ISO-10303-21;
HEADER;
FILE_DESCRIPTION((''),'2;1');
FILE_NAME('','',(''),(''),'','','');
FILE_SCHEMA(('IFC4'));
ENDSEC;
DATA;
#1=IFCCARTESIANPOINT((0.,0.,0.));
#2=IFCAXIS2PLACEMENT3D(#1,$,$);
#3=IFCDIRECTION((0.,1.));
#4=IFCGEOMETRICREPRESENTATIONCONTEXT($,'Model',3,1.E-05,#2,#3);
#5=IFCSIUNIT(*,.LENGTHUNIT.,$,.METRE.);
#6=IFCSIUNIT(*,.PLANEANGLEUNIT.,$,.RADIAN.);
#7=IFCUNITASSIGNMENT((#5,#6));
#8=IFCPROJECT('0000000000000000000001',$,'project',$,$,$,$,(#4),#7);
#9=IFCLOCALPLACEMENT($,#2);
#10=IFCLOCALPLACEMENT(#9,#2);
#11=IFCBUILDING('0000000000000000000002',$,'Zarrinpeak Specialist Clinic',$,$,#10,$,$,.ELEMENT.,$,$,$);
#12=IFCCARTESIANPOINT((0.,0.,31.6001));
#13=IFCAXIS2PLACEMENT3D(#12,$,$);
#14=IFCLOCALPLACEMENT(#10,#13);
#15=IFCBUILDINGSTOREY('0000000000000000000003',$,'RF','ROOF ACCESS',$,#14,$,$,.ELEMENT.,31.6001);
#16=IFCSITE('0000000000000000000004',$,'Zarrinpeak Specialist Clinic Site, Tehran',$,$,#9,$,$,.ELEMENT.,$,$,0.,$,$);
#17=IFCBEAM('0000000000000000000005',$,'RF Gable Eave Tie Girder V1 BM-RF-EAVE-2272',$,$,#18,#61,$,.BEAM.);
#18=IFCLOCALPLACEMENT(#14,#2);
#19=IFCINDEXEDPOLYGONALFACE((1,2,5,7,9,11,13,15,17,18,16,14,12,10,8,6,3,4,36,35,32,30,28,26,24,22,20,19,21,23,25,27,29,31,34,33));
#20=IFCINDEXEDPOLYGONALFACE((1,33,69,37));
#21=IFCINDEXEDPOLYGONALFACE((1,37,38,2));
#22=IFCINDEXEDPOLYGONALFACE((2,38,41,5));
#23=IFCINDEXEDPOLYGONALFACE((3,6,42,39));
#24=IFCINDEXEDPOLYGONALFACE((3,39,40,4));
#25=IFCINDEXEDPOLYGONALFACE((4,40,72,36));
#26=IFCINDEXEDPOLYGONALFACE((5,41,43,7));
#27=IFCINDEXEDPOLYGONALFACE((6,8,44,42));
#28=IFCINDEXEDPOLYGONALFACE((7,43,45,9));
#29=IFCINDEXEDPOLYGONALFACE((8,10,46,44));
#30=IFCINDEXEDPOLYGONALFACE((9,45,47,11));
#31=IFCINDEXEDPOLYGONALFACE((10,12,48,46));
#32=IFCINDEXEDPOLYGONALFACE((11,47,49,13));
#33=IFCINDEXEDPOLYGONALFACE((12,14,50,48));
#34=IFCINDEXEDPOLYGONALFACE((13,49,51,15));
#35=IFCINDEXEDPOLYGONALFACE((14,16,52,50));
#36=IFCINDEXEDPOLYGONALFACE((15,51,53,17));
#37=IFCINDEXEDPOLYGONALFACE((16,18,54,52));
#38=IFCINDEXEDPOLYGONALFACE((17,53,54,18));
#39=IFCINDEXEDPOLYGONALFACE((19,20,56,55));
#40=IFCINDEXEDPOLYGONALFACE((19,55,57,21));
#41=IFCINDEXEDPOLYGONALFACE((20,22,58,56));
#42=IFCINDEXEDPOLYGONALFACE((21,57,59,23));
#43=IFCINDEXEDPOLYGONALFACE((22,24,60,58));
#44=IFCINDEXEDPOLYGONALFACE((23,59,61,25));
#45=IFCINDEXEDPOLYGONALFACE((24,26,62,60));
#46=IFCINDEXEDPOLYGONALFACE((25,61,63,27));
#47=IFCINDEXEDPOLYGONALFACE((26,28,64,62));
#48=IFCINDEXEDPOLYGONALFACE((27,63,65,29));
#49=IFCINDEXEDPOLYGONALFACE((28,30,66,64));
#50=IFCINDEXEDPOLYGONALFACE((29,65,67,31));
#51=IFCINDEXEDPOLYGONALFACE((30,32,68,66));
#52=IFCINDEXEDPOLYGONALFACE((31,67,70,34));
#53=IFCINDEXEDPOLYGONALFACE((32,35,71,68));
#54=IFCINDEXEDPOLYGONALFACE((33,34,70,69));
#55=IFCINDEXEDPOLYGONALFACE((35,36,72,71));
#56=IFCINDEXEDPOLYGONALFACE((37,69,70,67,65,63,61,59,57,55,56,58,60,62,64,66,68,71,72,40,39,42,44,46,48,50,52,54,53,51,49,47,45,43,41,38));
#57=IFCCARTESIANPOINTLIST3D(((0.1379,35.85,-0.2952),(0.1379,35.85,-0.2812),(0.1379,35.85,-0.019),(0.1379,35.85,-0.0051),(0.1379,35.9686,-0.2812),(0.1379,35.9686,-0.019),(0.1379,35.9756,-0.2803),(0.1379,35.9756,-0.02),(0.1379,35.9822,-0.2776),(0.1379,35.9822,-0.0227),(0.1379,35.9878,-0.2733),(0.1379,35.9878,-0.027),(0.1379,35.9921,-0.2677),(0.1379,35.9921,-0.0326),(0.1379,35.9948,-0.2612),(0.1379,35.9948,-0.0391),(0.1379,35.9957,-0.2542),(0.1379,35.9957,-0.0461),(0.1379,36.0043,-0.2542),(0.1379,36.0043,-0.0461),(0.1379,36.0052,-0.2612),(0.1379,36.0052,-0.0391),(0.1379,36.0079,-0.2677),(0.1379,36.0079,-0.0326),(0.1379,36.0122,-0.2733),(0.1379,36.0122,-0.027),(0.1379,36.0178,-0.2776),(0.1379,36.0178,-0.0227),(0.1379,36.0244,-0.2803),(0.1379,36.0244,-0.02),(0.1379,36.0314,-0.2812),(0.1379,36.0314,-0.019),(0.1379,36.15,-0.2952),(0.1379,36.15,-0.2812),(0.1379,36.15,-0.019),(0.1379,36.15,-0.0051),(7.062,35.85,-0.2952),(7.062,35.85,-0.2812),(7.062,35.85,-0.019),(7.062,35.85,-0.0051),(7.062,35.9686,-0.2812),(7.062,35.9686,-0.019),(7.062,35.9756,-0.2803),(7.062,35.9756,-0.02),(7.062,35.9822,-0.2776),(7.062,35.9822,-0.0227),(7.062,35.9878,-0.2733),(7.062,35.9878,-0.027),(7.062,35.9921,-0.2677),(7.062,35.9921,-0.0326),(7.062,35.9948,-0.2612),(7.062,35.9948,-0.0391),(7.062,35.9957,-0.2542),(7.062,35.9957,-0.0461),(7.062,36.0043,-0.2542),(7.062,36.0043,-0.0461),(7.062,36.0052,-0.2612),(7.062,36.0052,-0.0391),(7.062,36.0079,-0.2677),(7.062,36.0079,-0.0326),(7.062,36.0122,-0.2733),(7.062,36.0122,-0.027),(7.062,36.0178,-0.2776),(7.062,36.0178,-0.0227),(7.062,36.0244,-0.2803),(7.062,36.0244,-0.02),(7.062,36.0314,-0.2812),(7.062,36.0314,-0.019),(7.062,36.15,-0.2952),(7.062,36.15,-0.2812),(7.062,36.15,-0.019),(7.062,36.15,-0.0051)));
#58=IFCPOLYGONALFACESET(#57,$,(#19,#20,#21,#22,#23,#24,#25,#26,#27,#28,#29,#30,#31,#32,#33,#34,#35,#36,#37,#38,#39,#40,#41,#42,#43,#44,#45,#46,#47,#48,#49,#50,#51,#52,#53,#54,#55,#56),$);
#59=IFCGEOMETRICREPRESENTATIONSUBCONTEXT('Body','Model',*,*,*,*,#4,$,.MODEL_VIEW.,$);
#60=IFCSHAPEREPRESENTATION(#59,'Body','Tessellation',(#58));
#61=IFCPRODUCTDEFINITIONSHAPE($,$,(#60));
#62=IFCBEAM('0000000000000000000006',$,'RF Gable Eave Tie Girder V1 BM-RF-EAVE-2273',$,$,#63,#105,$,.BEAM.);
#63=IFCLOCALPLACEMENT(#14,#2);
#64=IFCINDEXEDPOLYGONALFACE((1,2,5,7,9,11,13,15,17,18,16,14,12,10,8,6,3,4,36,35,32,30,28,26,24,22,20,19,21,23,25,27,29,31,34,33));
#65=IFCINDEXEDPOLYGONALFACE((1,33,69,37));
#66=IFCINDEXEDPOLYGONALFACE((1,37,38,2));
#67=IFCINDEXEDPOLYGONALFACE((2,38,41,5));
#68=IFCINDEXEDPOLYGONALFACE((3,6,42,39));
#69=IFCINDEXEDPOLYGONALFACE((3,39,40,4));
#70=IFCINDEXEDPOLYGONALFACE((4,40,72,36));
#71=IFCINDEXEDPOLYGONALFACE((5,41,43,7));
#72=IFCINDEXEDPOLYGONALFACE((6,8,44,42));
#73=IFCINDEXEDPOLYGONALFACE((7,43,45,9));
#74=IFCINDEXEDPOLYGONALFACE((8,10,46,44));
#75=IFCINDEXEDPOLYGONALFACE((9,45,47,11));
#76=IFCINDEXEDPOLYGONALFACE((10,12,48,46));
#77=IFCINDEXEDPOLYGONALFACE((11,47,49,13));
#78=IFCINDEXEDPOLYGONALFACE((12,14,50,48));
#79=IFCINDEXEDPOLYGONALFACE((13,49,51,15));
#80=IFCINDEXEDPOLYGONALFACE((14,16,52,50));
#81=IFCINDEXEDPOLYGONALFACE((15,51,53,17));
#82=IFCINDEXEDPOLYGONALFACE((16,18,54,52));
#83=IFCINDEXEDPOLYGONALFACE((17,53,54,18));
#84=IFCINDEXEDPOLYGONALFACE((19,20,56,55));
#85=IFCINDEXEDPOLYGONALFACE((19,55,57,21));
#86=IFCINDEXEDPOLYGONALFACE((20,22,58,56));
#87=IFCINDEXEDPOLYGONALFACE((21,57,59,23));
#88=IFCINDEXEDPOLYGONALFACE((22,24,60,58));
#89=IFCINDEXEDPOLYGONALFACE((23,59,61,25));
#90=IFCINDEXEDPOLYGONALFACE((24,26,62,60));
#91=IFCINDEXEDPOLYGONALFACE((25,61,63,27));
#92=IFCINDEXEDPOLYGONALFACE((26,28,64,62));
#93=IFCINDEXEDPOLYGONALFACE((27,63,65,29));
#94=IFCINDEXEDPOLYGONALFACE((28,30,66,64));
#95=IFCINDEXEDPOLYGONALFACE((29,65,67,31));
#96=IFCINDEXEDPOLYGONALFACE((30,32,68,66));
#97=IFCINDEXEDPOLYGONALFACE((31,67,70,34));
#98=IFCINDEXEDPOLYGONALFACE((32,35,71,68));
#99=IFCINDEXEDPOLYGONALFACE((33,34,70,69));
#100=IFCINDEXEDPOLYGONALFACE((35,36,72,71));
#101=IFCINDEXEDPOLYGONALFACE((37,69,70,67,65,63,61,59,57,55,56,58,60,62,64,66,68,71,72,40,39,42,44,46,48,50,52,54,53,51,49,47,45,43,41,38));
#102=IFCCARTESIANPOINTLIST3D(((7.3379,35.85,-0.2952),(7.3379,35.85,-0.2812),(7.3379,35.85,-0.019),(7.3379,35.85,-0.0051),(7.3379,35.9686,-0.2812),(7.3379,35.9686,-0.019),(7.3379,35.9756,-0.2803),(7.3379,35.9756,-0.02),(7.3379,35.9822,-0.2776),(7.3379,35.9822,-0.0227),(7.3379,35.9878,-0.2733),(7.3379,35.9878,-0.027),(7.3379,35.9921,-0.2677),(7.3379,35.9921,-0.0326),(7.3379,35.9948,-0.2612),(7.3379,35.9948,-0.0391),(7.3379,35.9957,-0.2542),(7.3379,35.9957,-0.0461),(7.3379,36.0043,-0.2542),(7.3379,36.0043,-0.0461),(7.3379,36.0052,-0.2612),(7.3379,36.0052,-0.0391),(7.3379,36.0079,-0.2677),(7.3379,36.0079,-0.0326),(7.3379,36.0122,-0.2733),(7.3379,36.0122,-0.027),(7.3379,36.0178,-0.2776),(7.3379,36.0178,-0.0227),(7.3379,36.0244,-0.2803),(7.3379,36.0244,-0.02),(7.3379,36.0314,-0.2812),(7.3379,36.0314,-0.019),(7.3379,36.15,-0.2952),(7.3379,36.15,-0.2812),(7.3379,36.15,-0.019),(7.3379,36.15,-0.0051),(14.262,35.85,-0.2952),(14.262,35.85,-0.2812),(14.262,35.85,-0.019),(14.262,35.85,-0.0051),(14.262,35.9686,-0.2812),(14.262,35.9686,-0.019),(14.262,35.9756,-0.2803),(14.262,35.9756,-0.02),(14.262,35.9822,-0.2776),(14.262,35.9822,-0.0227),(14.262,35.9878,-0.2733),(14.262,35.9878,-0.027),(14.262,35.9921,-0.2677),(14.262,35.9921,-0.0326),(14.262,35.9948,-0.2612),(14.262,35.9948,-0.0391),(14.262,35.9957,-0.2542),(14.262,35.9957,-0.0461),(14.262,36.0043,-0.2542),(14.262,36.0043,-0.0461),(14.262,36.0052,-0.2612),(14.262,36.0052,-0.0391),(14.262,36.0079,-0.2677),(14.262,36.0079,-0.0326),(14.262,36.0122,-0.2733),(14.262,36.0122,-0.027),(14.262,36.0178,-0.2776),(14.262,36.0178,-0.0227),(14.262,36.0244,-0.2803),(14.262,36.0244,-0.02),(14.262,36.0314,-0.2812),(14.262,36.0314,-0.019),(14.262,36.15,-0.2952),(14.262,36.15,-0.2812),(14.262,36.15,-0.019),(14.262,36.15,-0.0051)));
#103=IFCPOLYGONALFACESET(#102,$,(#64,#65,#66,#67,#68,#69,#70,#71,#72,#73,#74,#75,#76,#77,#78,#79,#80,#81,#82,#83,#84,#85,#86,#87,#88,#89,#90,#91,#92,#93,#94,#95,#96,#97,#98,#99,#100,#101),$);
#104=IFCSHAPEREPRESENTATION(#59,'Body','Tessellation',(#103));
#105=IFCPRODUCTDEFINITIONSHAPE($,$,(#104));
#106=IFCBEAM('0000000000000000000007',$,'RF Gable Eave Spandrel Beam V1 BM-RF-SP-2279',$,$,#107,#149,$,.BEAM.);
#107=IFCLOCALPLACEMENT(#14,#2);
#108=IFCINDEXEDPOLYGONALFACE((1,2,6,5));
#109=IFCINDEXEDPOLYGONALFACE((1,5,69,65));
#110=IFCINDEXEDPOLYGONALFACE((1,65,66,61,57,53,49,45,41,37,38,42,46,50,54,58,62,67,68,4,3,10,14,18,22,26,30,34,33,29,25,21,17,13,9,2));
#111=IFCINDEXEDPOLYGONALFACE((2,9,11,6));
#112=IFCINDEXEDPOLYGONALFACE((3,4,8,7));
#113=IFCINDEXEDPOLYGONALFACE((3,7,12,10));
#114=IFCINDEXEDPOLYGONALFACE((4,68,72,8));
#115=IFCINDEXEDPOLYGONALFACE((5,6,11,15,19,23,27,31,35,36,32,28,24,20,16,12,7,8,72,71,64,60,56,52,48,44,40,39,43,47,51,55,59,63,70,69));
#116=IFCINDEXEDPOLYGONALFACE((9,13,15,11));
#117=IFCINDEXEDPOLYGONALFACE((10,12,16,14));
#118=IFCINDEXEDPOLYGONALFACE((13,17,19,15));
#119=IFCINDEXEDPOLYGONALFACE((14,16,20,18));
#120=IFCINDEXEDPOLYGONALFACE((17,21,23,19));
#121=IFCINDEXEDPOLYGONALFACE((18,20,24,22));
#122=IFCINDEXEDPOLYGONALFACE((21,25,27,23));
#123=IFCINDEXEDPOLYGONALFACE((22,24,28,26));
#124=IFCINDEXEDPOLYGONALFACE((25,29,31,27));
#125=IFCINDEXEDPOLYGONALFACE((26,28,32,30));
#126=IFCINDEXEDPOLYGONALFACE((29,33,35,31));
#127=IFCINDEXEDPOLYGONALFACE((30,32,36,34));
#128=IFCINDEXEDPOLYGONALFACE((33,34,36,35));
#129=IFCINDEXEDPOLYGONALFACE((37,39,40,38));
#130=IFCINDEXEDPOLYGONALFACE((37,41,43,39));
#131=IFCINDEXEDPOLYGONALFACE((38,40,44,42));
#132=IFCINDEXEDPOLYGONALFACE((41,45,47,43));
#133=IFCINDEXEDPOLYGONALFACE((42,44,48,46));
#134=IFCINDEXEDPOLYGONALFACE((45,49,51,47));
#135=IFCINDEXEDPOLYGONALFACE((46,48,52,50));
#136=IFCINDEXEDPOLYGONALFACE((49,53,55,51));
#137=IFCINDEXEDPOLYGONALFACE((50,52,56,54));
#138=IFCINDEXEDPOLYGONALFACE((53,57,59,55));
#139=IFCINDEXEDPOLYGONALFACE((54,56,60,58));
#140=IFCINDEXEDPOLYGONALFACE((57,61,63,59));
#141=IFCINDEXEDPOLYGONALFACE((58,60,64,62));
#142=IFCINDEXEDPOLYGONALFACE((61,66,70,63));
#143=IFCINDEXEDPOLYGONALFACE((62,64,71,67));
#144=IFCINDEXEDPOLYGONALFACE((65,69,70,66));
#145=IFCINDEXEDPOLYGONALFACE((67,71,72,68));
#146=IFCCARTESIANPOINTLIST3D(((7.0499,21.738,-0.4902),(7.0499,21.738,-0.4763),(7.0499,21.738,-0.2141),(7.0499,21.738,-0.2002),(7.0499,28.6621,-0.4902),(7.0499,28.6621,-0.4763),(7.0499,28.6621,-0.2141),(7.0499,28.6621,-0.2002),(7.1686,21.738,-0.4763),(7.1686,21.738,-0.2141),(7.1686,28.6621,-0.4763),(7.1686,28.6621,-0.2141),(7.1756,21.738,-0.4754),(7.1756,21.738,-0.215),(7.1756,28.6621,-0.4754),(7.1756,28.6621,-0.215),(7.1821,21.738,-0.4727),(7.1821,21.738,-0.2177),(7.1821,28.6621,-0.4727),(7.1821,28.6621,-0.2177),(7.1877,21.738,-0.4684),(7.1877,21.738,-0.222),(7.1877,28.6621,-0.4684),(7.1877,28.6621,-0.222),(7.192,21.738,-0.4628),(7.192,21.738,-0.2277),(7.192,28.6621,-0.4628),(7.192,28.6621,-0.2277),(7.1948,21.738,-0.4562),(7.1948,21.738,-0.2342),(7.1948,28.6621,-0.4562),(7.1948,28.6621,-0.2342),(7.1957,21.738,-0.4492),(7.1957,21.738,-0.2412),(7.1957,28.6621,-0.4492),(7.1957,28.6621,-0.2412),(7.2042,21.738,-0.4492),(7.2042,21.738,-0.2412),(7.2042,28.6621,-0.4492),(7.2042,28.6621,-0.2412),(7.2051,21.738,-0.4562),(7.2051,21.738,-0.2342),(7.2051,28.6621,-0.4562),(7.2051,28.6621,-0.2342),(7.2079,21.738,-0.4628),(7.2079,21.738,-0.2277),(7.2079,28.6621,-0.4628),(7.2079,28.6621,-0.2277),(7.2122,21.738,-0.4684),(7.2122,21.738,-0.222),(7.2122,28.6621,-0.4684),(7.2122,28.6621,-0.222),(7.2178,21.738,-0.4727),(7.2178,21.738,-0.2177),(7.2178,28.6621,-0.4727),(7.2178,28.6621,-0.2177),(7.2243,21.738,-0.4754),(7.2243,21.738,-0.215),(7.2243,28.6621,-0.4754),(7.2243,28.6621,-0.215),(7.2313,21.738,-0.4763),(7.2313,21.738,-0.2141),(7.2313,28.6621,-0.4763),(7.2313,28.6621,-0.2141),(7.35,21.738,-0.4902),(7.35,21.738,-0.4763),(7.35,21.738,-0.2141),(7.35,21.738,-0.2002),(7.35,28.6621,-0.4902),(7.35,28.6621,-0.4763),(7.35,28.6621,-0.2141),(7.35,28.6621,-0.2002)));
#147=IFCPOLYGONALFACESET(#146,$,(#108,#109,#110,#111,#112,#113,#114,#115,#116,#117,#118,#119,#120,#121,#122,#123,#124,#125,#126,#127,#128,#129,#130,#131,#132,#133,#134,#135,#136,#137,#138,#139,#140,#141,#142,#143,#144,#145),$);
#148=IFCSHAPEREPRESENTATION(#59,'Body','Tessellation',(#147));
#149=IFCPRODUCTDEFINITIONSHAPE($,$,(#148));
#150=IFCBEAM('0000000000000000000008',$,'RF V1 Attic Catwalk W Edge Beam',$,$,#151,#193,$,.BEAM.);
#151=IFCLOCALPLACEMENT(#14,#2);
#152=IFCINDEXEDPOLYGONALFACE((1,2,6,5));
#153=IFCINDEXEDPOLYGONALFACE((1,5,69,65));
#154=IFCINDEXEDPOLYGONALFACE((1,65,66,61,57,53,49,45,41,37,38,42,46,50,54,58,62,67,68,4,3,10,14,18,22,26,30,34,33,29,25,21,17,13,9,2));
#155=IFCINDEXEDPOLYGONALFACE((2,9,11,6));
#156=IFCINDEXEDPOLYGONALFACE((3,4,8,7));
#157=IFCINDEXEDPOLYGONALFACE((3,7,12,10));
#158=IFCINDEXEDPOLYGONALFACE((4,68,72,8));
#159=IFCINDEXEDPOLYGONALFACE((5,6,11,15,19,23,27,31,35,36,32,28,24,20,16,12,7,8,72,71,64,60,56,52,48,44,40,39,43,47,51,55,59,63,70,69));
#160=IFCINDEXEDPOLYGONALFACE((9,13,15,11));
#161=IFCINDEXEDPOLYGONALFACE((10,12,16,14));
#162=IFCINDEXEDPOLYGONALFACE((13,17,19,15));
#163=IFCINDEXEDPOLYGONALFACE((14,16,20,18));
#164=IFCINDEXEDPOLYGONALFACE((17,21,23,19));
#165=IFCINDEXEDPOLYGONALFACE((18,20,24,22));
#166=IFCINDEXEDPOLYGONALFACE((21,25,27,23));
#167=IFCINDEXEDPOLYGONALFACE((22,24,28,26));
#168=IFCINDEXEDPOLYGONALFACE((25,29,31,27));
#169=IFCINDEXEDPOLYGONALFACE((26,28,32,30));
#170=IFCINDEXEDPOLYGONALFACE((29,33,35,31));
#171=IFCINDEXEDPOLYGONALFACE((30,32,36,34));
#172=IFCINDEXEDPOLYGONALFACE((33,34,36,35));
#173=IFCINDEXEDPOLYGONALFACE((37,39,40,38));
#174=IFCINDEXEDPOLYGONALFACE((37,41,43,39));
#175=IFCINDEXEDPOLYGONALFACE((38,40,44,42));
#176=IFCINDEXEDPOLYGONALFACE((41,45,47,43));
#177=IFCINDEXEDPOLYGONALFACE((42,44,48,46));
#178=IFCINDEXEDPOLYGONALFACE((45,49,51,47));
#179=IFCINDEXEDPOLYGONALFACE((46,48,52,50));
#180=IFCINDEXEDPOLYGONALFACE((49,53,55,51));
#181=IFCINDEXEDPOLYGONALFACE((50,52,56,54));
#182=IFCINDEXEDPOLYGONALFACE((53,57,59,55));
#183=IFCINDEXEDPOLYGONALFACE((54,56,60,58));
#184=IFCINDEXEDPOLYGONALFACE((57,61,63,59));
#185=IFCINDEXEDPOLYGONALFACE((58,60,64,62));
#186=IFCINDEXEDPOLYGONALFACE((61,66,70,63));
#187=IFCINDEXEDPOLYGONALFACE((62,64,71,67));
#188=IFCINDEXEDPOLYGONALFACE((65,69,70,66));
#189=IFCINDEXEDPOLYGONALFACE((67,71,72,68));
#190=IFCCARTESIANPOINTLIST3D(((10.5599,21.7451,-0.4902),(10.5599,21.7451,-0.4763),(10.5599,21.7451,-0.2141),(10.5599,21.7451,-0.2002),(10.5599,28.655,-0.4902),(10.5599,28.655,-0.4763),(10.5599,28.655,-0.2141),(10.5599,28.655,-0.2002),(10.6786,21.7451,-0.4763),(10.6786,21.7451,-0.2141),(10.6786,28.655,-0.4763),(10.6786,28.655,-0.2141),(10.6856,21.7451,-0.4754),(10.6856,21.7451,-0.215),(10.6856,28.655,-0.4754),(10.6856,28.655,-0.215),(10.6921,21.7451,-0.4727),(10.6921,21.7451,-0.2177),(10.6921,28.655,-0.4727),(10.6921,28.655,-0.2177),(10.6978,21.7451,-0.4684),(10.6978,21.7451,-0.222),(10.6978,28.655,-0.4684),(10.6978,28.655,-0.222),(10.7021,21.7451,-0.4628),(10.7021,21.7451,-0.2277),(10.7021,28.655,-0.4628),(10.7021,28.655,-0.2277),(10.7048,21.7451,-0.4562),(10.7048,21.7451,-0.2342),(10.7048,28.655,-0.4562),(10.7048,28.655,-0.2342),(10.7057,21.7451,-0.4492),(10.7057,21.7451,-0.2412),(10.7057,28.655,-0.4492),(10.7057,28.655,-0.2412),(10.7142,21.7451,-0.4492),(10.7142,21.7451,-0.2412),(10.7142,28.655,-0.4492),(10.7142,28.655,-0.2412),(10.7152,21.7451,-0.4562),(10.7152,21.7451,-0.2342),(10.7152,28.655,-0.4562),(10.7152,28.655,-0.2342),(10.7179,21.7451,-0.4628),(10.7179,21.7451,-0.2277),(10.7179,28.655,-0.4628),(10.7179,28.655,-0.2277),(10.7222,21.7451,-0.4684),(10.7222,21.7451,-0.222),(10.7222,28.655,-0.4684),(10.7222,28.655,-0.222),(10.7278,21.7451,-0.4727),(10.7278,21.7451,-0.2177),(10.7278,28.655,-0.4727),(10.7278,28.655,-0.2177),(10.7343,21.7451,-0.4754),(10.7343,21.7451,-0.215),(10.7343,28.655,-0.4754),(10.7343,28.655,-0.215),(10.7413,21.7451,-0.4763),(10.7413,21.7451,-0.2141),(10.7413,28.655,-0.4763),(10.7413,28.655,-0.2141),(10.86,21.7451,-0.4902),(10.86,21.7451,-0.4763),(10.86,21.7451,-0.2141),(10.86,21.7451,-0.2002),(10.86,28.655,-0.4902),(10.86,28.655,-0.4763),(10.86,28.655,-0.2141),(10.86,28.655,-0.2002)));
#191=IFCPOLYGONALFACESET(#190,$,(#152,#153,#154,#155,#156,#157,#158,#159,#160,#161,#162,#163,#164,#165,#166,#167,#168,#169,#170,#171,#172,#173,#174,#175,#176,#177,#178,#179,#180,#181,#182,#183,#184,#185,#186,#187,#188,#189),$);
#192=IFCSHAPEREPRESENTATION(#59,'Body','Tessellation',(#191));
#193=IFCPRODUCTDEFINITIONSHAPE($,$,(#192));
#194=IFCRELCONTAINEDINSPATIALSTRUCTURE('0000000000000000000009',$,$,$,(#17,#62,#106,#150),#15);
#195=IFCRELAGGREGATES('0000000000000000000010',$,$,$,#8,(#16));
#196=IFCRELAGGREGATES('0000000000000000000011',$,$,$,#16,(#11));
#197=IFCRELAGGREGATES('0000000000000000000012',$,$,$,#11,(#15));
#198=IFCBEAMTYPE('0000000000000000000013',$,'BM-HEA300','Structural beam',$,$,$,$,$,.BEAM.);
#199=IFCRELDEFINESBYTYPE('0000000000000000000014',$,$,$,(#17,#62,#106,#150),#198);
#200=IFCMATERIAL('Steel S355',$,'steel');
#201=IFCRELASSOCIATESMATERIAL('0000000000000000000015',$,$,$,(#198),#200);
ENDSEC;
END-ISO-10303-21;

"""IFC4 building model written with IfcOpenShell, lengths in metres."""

from ifc_helpers import new_model, si_unit, direction, frame, origin, origin_2d, place, context, subcontext, project, spatial, i_section, extrude, material, material_profile, profile_set, type_object, element, save


model = new_model("IFC4")

# Units and contexts
model_context = context("Model", 3, precision=1e-05, world=origin(), true_north=direction((0.0, 1.0)))
body_context = subcontext(model_context, "Body", "Model", "MODEL_VIEW")
ifc_project = project(units=[si_unit("LENGTHUNIT", "METRE"), si_unit("PLANEANGLEUNIT", "RADIAN")], contexts=[model_context])

# Site, building, storey
site_placement = place(None, origin())
site = spatial("IfcSite", under=ifc_project, at=site_placement, Name="Zarrinpeak Specialist Clinic Site, Tehran", CompositionType="ELEMENT", RefElevation=0.0)
building_placement = place(site_placement, origin())
building = spatial("IfcBuilding", under=site, at=building_placement, Name="Zarrinpeak Specialist Clinic", CompositionType="ELEMENT")
storey_placement = place(building_placement, frame((0.0, 0.0, 31.6001)))
storey = spatial("IfcBuildingStorey", under=building, at=storey_placement, Name="RF", Description="ROOF ACCESS", CompositionType="ELEMENT", Elevation=31.6001)

# Beams
ifc_material_1 = material(Name="Steel S355", Category="steel")
ifc_material_profile_1 = material_profile(ifc_material_1, i_section(OverallWidth=0.3, OverallDepth=0.29, WebThickness=0.0085, FlangeThickness=0.0139, FilletRadius=0.0271, at=origin_2d()), Name="HEA 300")
ifc_profile_set_1 = profile_set([ifc_material_profile_1], Name="Steel S355")
beam_type_1 = type_object("IfcBeamType", Name="BM-HEA300", Description="Structural beam", PredefinedType="BEAM", material=ifc_profile_set_1)
for number, where, z_axis, x_axis, name in (
    (1, (0.1379, 36.0, -0.1501), (1.0, 0.0, 0.0), (0.0, 1.0, 0.0), "RF Gable Eave Tie Girder V1 BM-RF-EAVE-2272"),
    (2, (7.3379, 36.0, -0.1501), (1.0, 0.0, 0.0), (0.0, 1.0, 0.0), "RF Gable Eave Tie Girder V1 BM-RF-EAVE-2273"),
    (3, (7.2, 21.738, -0.3452), (0.0, 1.0, 0.0), (-1.0, 0.0, 0.0), "RF Gable Eave Spandrel Beam V1 BM-RF-SP-2279"),
):
    element("IfcBeam", number, at=place(storey_placement, frame(where, z_axis=z_axis, x_axis=x_axis)), inside=storey, type_object=beam_type_1, Name=name, PredefinedType="BEAM", context=body_context, shape_type="SweptSolid", body=[
        extrude(i_section(OverallWidth=0.3, OverallDepth=0.29, WebThickness=0.0085, FlangeThickness=0.0139, FilletRadius=0.0271, at=origin_2d()), origin(), (0.0, 0.0, 1.0), 6.9241),
    ])
beam_placement = place(storey_placement, frame((10.71, 21.7451, -0.3452), z_axis=(0.0, 1.0, 0.0), x_axis=(-1.0, 0.0, 0.0)))
element("IfcBeam", 4, at=beam_placement, inside=storey, type_object=beam_type_1, Name="RF V1 Attic Catwalk W Edge Beam", PredefinedType="BEAM", context=body_context, shape_type="SweptSolid", body=[
    extrude(i_section(OverallWidth=0.3, OverallDepth=0.29, WebThickness=0.0085, FlangeThickness=0.0139, FilletRadius=0.0271, at=origin_2d()), origin(), (0.0, 0.0, 1.0), 6.9099),
])

save(model, "model.ifc")
